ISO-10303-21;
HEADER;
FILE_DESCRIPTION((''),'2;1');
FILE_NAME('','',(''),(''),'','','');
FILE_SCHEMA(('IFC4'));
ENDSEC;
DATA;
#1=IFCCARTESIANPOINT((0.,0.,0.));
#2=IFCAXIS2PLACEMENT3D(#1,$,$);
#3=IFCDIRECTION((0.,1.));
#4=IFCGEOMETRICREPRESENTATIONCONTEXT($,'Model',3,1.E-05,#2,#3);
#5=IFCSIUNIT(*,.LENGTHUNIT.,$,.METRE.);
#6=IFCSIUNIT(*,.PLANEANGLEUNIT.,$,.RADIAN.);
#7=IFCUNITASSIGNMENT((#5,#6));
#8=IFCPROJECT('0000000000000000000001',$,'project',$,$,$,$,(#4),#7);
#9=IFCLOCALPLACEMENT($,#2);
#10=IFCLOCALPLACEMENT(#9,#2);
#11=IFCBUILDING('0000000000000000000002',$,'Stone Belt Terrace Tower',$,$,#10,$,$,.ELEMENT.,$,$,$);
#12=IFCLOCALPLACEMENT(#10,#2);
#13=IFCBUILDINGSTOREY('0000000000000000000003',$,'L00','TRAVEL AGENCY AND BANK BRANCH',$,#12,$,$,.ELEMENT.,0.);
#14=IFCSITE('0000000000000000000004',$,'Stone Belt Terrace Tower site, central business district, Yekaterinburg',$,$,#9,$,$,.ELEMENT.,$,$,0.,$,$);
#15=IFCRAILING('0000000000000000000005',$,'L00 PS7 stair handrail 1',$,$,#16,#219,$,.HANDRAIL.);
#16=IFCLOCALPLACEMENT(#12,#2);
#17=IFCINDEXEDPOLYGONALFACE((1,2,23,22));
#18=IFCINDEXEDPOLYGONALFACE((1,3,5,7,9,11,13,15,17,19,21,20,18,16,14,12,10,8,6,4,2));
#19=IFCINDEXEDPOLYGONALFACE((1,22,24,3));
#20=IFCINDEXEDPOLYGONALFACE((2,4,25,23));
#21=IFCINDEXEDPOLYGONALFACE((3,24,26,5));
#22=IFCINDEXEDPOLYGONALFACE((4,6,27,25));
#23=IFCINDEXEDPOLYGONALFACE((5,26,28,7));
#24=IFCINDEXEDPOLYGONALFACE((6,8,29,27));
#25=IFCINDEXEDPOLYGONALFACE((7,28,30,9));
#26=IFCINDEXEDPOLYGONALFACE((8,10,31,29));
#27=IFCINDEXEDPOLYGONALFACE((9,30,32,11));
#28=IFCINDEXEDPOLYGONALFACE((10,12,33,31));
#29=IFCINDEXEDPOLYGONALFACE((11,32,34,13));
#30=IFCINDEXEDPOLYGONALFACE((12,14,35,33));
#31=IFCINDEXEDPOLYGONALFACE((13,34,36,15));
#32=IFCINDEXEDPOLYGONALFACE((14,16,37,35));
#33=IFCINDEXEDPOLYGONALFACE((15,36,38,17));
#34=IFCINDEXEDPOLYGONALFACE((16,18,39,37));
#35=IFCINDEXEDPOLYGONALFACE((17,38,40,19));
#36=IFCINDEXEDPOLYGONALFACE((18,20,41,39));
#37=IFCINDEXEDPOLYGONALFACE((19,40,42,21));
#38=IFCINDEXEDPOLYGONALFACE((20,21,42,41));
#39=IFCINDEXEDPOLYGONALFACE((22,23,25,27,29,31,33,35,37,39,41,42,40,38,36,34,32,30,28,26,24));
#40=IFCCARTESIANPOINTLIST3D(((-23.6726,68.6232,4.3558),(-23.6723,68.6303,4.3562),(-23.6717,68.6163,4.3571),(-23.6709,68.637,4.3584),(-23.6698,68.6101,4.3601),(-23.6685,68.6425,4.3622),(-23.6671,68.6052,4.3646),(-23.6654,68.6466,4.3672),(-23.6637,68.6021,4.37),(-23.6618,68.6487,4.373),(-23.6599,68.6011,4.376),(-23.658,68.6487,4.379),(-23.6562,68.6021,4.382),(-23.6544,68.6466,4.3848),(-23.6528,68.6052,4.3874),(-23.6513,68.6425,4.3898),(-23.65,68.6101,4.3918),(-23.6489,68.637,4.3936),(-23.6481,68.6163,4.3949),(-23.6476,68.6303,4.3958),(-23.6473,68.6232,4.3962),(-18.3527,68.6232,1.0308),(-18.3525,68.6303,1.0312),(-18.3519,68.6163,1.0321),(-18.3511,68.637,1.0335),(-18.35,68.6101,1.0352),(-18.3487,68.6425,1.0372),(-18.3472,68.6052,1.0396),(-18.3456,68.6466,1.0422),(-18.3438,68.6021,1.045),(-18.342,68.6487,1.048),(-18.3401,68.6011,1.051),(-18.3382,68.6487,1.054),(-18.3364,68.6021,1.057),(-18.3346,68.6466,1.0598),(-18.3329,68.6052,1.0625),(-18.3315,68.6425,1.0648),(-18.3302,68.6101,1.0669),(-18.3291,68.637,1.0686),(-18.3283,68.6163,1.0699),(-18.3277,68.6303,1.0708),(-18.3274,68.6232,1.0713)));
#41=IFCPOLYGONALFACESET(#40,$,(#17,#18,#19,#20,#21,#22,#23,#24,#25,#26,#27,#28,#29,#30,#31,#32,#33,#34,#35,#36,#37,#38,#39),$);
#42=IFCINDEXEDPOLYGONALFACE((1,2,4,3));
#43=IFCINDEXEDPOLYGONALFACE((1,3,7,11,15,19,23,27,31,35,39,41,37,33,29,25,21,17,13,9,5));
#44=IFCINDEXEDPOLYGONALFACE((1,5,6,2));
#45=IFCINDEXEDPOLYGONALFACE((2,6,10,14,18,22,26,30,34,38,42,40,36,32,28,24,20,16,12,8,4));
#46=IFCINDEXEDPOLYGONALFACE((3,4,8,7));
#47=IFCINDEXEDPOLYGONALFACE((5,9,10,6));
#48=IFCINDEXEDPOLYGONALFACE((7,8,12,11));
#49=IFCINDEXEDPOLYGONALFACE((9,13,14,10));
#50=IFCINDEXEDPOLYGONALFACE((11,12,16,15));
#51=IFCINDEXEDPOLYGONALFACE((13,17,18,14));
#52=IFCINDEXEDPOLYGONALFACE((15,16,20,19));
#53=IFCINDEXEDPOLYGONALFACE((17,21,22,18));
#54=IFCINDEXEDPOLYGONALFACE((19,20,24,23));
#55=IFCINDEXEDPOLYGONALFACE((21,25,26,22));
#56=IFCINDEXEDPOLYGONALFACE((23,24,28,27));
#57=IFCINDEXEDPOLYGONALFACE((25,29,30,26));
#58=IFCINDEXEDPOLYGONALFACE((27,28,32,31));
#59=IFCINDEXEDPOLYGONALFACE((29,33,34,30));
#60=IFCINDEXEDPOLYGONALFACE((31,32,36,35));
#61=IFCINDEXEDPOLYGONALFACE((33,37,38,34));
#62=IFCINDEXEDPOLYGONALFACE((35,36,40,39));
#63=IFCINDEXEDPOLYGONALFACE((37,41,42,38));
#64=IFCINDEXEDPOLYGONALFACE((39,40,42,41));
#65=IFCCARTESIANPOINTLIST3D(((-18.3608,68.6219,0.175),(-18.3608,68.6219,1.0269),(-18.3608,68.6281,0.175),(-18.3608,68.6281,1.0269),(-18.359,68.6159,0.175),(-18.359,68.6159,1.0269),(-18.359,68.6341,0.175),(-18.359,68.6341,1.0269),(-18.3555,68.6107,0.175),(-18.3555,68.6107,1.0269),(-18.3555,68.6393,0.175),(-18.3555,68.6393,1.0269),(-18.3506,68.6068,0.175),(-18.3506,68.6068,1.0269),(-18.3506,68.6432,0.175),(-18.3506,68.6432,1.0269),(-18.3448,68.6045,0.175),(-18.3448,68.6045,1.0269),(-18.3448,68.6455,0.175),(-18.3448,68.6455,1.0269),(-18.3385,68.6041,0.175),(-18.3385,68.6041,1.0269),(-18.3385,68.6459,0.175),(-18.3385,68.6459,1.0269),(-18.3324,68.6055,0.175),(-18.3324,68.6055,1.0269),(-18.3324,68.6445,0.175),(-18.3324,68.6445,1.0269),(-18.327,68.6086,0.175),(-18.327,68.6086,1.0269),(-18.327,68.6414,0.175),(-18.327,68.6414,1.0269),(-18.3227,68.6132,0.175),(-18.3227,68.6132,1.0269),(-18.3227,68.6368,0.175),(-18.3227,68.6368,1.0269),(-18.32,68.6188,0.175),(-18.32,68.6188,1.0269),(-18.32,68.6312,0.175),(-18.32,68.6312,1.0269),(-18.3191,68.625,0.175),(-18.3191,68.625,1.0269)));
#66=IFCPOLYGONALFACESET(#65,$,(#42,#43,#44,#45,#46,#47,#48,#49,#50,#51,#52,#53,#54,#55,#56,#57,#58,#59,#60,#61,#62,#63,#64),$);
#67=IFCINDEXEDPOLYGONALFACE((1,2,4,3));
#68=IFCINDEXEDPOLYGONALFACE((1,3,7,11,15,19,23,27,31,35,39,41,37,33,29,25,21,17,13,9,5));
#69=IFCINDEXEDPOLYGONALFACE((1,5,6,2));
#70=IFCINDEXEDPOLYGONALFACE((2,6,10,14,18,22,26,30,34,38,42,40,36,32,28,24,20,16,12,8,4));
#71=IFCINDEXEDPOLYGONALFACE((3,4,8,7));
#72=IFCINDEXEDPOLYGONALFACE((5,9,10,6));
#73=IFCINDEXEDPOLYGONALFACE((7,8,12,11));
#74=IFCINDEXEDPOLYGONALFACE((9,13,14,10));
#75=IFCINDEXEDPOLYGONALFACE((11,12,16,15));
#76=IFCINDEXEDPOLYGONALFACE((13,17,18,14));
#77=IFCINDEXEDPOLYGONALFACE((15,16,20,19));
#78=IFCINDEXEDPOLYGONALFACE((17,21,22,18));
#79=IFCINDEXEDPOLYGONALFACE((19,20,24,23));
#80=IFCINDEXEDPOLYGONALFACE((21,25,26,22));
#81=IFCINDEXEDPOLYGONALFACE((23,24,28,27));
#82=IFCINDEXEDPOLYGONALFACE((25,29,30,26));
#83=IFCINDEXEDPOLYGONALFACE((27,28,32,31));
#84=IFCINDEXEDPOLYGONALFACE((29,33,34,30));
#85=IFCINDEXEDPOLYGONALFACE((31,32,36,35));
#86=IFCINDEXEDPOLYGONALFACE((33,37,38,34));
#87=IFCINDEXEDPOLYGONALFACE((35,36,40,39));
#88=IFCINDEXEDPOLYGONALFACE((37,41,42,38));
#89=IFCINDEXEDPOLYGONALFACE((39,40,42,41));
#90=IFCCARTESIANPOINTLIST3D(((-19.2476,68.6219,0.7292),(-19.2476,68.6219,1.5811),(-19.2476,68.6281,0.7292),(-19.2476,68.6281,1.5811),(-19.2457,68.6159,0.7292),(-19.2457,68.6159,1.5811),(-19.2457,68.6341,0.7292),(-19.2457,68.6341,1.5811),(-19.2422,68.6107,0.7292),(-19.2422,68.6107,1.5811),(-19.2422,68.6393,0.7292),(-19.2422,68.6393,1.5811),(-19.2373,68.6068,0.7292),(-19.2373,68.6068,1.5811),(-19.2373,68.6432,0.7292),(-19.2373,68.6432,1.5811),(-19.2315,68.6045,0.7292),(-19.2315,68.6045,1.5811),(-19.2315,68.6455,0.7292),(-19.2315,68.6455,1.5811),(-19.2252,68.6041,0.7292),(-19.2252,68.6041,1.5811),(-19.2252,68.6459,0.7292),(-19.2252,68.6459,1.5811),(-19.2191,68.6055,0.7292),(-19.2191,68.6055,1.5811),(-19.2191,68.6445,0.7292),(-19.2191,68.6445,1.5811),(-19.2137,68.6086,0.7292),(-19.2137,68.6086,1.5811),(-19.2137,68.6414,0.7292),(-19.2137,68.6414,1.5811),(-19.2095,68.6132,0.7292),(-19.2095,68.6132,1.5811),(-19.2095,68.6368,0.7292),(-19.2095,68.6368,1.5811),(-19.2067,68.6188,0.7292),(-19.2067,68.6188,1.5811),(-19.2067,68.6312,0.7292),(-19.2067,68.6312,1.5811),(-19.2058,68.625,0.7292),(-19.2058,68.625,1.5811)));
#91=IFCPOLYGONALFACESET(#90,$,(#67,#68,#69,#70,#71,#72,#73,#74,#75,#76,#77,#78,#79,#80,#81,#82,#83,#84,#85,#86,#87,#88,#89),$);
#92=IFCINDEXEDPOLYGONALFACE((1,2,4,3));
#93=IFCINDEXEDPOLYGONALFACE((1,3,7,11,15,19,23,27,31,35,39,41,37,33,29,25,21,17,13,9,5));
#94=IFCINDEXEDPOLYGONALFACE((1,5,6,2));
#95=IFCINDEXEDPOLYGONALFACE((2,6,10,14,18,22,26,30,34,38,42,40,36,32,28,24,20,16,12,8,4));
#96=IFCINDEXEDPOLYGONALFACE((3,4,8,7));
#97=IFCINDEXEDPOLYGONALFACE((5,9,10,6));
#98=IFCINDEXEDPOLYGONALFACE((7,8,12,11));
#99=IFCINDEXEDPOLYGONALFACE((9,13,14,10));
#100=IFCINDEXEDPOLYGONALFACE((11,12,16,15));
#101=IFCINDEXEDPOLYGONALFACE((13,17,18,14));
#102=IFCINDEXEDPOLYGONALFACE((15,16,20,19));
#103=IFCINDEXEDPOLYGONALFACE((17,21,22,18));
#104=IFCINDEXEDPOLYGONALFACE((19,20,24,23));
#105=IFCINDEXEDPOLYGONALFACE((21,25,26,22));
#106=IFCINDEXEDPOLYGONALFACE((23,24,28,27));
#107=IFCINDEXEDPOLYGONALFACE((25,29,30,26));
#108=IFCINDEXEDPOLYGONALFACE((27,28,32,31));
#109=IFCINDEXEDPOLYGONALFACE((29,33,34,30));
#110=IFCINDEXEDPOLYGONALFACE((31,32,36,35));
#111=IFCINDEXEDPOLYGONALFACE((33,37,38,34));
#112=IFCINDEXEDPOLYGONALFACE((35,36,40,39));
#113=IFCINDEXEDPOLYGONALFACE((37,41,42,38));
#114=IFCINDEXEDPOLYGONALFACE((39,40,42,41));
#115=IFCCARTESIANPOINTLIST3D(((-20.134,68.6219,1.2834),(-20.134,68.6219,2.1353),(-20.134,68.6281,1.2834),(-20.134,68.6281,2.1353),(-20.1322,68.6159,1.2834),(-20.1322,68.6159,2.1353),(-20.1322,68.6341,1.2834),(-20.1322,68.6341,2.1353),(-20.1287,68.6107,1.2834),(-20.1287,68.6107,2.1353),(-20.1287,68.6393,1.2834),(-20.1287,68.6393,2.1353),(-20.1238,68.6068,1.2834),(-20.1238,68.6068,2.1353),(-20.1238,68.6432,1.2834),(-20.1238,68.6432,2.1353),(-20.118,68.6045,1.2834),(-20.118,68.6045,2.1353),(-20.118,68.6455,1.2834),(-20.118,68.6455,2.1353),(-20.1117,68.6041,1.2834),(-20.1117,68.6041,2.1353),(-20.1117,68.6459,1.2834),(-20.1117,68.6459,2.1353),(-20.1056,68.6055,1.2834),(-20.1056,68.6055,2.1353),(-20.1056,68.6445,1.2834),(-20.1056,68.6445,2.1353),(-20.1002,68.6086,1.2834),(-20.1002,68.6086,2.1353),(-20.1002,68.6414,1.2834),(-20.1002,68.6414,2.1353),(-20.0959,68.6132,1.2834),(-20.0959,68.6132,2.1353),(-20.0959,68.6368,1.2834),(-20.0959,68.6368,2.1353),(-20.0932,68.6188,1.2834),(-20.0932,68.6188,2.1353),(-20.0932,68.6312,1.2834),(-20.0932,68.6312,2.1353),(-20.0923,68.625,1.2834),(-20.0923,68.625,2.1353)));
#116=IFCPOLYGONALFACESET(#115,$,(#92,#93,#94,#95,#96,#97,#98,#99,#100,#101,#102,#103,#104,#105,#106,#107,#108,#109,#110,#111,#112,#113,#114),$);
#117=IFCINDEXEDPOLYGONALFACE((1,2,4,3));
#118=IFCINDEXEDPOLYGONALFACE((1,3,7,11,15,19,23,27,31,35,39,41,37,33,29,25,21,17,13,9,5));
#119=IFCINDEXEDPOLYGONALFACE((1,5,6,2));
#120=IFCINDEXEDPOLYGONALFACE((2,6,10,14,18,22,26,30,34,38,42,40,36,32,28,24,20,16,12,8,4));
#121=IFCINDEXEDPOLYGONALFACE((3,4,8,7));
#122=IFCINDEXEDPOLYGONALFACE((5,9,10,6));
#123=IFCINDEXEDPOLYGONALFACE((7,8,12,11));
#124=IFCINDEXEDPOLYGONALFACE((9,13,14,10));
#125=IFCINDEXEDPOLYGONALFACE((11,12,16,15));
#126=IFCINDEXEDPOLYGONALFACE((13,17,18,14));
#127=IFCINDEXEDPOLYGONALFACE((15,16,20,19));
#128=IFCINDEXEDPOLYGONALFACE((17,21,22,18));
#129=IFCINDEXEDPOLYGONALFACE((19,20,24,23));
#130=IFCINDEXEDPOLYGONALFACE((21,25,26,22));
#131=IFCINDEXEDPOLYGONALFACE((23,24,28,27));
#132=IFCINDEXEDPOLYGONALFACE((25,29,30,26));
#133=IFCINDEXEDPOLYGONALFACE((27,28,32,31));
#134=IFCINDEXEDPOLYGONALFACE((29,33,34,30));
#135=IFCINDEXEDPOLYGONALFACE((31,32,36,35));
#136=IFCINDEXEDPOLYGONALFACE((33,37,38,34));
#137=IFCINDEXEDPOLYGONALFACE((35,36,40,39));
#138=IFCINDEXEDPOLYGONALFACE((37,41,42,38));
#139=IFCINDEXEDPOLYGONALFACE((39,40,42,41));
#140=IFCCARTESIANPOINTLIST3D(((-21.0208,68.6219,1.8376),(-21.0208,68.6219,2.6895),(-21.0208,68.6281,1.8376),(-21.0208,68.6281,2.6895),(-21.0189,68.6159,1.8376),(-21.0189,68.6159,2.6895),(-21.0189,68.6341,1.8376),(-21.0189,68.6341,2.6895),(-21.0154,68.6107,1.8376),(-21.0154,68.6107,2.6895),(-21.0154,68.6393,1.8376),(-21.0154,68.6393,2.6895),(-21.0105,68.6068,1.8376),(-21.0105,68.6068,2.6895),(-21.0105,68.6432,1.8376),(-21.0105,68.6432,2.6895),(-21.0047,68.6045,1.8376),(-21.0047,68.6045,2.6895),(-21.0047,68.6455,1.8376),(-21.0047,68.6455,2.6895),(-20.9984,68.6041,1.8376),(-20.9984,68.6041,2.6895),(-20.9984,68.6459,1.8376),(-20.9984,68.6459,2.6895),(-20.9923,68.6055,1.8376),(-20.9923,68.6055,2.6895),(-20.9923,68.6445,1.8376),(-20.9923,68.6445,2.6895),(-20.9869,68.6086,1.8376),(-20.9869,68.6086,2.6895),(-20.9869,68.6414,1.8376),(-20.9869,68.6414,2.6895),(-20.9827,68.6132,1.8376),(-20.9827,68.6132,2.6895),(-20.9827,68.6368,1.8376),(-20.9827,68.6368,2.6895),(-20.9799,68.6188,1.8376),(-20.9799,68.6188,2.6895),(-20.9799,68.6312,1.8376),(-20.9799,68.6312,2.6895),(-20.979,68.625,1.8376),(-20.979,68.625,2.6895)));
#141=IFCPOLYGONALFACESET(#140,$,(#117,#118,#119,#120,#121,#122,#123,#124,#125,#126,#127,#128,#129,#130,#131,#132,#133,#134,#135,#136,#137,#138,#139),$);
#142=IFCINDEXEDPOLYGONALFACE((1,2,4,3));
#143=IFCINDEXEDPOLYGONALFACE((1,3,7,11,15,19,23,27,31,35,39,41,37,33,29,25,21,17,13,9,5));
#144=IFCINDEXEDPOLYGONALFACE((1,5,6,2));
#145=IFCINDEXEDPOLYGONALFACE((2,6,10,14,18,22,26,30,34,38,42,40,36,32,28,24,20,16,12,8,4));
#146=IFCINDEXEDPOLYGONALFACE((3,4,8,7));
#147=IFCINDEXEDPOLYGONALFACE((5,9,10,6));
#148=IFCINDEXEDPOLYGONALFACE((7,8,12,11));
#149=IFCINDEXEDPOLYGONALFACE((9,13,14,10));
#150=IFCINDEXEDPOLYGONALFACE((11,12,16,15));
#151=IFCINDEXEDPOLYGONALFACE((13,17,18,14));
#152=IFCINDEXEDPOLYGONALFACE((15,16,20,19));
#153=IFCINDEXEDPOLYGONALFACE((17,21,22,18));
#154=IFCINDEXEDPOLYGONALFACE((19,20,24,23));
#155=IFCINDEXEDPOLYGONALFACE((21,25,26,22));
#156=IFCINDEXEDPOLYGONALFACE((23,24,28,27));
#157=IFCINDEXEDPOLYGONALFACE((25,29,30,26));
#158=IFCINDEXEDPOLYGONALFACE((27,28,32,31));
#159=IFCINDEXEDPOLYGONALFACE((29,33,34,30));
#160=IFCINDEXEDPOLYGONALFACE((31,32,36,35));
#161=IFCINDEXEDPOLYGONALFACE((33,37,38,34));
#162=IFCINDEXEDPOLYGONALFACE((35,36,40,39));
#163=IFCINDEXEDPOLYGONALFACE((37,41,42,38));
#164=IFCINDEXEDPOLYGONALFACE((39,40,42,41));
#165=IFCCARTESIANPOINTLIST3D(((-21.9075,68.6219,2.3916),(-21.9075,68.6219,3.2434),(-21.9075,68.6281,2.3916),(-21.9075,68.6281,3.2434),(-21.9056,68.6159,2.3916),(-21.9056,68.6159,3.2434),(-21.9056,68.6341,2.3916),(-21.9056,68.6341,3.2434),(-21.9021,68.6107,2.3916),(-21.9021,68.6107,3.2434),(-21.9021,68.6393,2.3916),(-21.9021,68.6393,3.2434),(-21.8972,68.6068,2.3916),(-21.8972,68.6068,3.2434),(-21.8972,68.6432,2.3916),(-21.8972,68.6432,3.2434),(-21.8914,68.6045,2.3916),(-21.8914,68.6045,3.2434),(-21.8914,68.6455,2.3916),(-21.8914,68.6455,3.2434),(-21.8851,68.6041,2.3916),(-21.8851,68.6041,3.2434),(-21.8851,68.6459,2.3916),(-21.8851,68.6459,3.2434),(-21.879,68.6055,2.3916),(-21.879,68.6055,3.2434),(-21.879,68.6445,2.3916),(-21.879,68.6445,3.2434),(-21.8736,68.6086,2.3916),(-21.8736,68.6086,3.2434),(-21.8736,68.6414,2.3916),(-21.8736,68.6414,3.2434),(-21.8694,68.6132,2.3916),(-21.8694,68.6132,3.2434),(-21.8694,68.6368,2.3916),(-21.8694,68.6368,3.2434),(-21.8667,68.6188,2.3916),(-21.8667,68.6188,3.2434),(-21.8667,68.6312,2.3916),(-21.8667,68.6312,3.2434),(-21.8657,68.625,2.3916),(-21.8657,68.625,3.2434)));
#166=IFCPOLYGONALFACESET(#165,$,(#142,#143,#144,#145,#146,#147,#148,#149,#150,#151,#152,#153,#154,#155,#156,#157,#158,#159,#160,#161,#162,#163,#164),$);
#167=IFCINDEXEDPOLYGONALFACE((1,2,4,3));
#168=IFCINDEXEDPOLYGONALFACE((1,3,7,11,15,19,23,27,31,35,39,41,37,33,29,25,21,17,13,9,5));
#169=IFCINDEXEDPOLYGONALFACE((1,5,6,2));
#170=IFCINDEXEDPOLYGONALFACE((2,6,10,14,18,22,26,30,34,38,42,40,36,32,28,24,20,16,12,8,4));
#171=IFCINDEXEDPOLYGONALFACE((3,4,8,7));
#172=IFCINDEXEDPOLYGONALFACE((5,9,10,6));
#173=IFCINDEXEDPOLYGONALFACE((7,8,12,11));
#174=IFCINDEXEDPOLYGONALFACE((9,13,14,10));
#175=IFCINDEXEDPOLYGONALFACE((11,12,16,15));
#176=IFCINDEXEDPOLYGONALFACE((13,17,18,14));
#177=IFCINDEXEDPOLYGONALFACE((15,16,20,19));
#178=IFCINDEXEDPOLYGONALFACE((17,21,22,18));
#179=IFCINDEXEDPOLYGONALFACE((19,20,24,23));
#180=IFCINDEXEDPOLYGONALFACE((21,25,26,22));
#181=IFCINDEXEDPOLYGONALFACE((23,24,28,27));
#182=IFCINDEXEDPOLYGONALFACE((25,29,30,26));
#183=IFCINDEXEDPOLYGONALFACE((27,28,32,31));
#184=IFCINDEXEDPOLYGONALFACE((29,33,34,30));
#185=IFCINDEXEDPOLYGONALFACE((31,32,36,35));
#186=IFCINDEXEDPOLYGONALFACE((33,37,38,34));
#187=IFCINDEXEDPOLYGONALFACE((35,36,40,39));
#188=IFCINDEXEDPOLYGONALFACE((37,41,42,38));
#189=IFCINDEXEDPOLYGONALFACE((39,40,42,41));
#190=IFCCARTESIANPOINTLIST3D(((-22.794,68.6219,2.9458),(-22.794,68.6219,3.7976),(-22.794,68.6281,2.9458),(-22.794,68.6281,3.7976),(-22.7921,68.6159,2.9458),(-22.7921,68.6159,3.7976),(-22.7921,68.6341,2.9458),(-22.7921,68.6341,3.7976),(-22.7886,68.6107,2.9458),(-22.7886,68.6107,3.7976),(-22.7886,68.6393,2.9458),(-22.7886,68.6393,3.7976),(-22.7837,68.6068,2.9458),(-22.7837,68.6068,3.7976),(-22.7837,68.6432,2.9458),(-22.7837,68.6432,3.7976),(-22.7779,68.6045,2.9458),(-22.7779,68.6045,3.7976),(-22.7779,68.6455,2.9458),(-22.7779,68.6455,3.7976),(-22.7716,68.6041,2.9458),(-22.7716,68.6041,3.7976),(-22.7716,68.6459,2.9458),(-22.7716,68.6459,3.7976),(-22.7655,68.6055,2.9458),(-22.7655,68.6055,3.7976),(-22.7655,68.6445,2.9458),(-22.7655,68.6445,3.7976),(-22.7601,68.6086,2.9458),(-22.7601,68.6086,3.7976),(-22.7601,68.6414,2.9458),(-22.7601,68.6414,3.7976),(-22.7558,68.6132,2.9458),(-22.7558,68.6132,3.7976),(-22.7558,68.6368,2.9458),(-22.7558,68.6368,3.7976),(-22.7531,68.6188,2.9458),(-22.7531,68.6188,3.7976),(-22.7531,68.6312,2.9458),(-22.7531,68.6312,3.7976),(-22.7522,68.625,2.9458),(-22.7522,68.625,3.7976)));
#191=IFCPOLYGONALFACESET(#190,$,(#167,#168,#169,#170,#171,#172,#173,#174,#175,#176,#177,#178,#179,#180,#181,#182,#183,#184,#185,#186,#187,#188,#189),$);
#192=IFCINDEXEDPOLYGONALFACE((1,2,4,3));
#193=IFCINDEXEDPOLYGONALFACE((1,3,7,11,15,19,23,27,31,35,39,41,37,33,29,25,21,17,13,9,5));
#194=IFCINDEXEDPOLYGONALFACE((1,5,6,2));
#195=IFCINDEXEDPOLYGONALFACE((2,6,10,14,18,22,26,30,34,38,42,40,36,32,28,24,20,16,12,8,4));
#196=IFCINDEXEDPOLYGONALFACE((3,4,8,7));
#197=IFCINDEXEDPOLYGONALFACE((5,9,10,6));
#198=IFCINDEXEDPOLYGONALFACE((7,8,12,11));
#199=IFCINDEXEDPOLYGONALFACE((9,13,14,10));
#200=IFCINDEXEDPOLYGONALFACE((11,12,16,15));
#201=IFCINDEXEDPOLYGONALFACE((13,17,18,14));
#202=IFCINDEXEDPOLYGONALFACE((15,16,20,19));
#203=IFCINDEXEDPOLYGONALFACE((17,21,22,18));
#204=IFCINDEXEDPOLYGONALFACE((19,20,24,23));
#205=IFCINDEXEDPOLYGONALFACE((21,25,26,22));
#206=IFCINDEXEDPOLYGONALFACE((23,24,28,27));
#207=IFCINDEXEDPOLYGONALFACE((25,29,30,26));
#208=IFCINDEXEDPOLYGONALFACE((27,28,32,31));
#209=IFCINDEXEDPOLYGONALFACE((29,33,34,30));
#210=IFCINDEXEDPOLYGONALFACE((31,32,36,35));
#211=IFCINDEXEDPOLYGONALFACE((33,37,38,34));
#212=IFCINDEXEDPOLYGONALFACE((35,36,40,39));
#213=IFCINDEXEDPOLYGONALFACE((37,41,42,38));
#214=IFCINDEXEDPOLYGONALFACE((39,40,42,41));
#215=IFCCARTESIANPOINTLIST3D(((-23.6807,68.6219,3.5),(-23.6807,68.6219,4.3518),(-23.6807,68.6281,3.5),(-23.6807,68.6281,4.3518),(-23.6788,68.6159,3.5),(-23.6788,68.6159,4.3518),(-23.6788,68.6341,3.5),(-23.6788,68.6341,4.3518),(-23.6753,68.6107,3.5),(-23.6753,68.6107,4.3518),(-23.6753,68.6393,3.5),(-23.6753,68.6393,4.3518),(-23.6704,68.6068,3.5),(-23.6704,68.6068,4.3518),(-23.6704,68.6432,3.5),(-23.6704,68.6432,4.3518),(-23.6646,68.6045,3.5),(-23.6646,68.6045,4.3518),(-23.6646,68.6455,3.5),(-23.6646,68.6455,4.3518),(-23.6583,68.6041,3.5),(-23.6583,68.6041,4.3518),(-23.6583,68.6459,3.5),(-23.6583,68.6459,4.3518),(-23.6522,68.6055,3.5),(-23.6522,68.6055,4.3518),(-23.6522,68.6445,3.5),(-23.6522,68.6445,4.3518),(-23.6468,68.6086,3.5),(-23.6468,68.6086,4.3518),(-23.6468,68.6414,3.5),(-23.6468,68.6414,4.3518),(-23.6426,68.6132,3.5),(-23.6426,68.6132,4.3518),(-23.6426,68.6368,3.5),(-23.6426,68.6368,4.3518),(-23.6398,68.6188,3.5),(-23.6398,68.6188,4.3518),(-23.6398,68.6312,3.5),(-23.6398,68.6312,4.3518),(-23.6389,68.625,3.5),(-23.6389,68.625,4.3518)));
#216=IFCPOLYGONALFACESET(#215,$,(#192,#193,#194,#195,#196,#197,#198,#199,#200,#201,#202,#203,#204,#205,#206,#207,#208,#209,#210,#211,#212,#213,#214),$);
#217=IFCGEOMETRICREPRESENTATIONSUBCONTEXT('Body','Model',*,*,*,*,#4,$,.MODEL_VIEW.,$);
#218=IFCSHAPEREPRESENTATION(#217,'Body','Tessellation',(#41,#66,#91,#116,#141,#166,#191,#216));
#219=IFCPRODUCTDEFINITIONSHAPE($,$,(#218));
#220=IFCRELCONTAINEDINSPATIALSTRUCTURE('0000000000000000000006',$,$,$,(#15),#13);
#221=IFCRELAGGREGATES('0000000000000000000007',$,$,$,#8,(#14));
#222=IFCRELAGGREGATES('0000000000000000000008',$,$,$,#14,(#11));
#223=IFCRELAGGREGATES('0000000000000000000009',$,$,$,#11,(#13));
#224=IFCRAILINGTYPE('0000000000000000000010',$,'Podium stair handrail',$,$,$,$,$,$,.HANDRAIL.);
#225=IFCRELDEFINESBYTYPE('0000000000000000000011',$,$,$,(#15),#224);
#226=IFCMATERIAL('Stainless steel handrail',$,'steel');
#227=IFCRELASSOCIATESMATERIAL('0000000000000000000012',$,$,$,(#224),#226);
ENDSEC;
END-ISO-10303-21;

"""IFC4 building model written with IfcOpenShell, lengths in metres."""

from ifc_helpers import new_model, si_unit, direction, frame, origin, origin_2d, place, context, subcontext, project, spatial, circle, extrude, material, type_object, element, save


model = new_model("IFC4")

# Units and contexts
model_context = context("Model", 3, precision=1e-05, world=origin(), true_north=direction((0.0, 1.0)))
body_context = subcontext(model_context, "Body", "Model", "MODEL_VIEW")
ifc_project = project(units=[si_unit("LENGTHUNIT", "METRE"), si_unit("PLANEANGLEUNIT", "RADIAN")], contexts=[model_context])

# Site, building, storey
site_placement = place(None, origin())
site = spatial("IfcSite", under=ifc_project, at=site_placement, Name="Stone Belt Terrace Tower site, central business district, Yekaterinburg", CompositionType="ELEMENT", RefElevation=0.0)
building_placement = place(site_placement, origin())
building = spatial("IfcBuilding", under=site, at=building_placement, Name="Stone Belt Terrace Tower", CompositionType="ELEMENT")
storey_placement = place(building_placement, origin())
storey = spatial("IfcBuildingStorey", under=building, at=storey_placement, Name="L00", Description="TRAVEL AGENCY AND BANK BRANCH", CompositionType="ELEMENT", Elevation=0.0)

# Railing
ifc_material_1 = material(Name="Stainless steel handrail", Category="steel")
railing_type_1 = type_object("IfcRailingType", Name="Podium stair handrail", PredefinedType="HANDRAIL", material=ifc_material_1)
railing_1_placement = place(storey_placement, frame((-18.3401, 68.625, 0.175)))
element("IfcRailing", 1, at=railing_1_placement, inside=storey, type_object=railing_type_1, Name="L00 PS7 stair handrail 1", PredefinedType="HANDRAIL", context=body_context, shape_type="SweptSolid", body=[
    extrude(circle(Radius=0.0239, at=origin_2d()), frame((0.0, 0.0, 0.876), z_axis=(-0.847994, 0.0, 0.530006), x_axis=(0.0, -1.0, 0.0)), (0.0, 0.0, 1.0), 6.2734),
    extrude(circle(Radius=0.021, at=origin_2d()), origin(), (0.0, 0.0, 1.0), 0.8518),
    extrude(circle(Radius=0.021, at=origin_2d()), frame((-0.8867, 0.0, 0.5542)), (0.0, 0.0, 1.0), 0.8518),
    extrude(circle(Radius=0.021, at=origin_2d()), frame((-1.7732, 0.0, 1.1084)), (0.0, 0.0, 1.0), 0.8518),
    extrude(circle(Radius=0.021, at=origin_2d()), frame((-2.6599, 0.0, 1.6626)), (0.0, 0.0, 1.0), 0.8518),
    extrude(circle(Radius=0.021, at=origin_2d()), frame((-3.5466, 0.0, 2.2166)), (0.0, 0.0, 1.0), 0.8518),
    extrude(circle(Radius=0.021, at=origin_2d()), frame((-4.4331, 0.0, 2.7708)), (0.0, 0.0, 1.0), 0.8518),
    extrude(circle(Radius=0.021, at=origin_2d()), frame((-5.3198, 0.0, 3.325)), (0.0, 0.0, 1.0), 0.8518),
])

save(model, "model.ifc")
